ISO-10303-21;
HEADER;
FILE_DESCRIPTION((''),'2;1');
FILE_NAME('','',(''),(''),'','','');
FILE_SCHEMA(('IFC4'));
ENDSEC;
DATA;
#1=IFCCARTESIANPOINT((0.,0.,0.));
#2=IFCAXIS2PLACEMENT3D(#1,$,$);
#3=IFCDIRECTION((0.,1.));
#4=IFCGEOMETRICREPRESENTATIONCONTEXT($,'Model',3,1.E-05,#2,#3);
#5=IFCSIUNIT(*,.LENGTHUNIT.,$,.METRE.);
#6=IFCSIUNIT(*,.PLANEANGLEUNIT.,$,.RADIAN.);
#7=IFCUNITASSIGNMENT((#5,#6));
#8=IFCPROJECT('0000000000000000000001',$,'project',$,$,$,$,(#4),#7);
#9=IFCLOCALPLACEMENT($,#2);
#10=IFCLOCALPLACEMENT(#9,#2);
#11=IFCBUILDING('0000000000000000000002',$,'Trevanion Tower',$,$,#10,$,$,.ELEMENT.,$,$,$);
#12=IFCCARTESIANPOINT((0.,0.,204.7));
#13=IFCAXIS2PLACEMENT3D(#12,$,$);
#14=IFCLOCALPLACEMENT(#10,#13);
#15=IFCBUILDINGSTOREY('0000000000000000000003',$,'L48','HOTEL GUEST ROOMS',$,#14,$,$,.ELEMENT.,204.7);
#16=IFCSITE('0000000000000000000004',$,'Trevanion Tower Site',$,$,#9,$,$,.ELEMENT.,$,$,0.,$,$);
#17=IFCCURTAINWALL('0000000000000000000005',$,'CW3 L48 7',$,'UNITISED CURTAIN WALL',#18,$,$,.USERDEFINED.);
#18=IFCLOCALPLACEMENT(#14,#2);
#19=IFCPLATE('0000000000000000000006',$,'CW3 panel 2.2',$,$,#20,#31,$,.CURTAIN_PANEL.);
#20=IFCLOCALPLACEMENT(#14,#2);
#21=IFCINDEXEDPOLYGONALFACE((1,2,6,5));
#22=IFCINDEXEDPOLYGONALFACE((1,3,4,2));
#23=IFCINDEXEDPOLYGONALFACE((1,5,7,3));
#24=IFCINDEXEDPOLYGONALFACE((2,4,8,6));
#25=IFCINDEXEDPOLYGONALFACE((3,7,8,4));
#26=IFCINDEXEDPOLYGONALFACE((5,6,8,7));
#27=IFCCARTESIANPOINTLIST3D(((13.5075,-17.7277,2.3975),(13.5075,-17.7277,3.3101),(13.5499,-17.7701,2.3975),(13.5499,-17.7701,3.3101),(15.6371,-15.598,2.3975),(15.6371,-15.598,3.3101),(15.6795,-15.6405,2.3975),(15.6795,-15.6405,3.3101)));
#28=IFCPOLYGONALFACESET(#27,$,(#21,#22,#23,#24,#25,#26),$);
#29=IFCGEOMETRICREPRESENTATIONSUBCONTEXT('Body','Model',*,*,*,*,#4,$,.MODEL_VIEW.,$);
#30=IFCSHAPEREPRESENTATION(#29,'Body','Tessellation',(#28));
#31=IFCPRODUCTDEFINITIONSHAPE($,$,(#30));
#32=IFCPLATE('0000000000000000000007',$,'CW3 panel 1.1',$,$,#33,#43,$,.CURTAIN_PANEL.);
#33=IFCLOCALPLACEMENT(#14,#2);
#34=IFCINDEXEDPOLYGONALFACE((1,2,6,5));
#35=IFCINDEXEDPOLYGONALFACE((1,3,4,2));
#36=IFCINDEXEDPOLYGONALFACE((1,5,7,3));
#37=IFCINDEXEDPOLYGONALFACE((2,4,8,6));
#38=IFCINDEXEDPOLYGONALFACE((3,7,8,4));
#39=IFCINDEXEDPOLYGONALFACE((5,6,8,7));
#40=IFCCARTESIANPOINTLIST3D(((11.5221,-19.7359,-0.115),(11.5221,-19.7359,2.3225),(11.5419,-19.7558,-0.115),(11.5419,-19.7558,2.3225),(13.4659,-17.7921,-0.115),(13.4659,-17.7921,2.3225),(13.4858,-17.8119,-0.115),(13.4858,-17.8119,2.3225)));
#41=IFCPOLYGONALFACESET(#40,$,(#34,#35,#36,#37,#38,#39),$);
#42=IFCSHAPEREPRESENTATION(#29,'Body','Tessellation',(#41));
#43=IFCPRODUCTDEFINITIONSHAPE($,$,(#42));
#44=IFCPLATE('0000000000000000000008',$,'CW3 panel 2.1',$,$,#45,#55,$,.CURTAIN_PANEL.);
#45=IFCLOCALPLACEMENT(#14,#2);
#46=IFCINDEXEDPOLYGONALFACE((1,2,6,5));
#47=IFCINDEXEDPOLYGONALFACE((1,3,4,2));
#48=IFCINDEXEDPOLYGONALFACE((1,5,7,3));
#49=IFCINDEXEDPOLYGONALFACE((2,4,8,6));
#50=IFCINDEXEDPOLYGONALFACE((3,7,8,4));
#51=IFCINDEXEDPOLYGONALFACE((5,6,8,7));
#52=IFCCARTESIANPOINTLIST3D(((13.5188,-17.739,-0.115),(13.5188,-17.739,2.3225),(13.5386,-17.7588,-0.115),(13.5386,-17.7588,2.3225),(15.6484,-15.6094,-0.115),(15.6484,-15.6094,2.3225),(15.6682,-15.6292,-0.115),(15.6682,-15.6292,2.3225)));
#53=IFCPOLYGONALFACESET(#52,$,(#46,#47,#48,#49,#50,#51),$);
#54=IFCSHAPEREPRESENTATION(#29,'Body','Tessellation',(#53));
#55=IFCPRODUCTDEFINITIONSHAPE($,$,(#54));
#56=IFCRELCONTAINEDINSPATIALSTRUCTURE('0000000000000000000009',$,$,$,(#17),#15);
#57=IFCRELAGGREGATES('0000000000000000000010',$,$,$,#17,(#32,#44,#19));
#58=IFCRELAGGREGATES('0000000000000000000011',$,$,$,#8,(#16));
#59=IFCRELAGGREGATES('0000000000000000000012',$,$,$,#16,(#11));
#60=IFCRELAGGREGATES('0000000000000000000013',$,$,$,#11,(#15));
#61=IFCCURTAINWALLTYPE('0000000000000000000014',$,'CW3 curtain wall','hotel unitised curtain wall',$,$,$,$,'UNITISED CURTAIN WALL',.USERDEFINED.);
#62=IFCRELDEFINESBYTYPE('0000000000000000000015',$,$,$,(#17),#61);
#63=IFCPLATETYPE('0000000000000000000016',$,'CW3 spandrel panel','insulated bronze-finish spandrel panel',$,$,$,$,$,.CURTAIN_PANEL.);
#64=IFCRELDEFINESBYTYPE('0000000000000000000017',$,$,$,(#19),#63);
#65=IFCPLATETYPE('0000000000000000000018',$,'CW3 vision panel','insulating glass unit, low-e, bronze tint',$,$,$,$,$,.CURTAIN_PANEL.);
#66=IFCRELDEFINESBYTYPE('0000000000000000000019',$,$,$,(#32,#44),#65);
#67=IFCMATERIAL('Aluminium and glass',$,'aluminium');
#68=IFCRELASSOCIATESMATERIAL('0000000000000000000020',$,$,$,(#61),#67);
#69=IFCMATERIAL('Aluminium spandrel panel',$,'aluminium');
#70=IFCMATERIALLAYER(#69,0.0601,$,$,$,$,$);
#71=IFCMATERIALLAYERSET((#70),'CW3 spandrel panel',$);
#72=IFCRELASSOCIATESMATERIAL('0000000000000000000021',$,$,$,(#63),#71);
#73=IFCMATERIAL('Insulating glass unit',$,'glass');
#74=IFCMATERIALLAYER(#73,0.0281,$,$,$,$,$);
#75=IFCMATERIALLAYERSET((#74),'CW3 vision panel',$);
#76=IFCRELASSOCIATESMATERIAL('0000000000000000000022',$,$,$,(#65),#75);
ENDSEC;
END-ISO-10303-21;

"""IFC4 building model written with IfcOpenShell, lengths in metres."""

from ifc_helpers import new_model, si_unit, direction, frame, origin, origin_2d, place, context, subcontext, project, spatial, rectangle, extrude, material, layer, layer_set, type_object, element, aggregate, save


model = new_model("IFC4")

# Units and contexts
model_context = context("Model", 3, precision=1e-05, world=origin(), true_north=direction((0.0, 1.0)))
body_context = subcontext(model_context, "Body", "Model", "MODEL_VIEW")
ifc_project = project(units=[si_unit("LENGTHUNIT", "METRE"), si_unit("PLANEANGLEUNIT", "RADIAN")], contexts=[model_context])

# Site, building, storey
site_placement = place(None, origin())
site = spatial("IfcSite", under=ifc_project, at=site_placement, Name="Trevanion Tower Site", CompositionType="ELEMENT", RefElevation=0.0)
building_placement = place(site_placement, origin())
building = spatial("IfcBuilding", under=site, at=building_placement, Name="Trevanion Tower", CompositionType="ELEMENT")
storey_placement = place(building_placement, frame((0.0, 0.0, 204.7)))
storey = spatial("IfcBuildingStorey", under=building, at=storey_placement, Name="L48", Description="HOTEL GUEST ROOMS", CompositionType="ELEMENT", Elevation=204.7)

# Curtain wall
ifc_material_1 = material(Name="Aluminium and glass", Category="aluminium")
curtain_wall_type = type_object("IfcCurtainWallType", Name="CW3 curtain wall", Description="hotel unitised curtain wall", ElementType="UNITISED CURTAIN WALL", PredefinedType="USERDEFINED", material=ifc_material_1)
curtain_wall_1_placement = place(storey_placement, origin())
curtain_wall_1 = element("IfcCurtainWall", 1, at=curtain_wall_1_placement, inside=storey, type_object=curtain_wall_type, Name="CW3 L48 7", ObjectType="UNITISED CURTAIN WALL", PredefinedType="USERDEFINED")

# Plates
ifc_material_2 = material(Name="Aluminium spandrel panel", Category="aluminium")
ifc_layer_1 = layer(ifc_material_2, 0.0601)
ifc_layer_set_1 = layer_set([ifc_layer_1], Name="CW3 spandrel panel")
plate_type_1 = type_object("IfcPlateType", Name="CW3 spandrel panel", Description="insulated bronze-finish spandrel panel", PredefinedType="CURTAIN_PANEL", material=ifc_layer_set_1)
plate_1_placement = place(storey_placement, frame((14.5935, -16.6841, 2.3975), z_axis=(0.0, 0.0, 1.0), x_axis=(0.707107, 0.707107, 0.0)))
plate_1 = element("IfcPlate", 2, at=plate_1_placement, type_object=plate_type_1, Name="CW3 panel 2.2", PredefinedType="CURTAIN_PANEL", context=body_context, shape_type="SweptSolid", body=[
    extrude(rectangle(XDim=3.0117, YDim=0.0601, at=origin_2d()), origin(), (0.0, 0.0, 1.0), 0.9126),
])
ifc_material_3 = material(Name="Insulating glass unit", Category="glass")
ifc_layer_2 = layer(ifc_material_3, 0.0281)
ifc_layer_set_2 = layer_set([ifc_layer_2], Name="CW3 vision panel")
plate_type_2 = type_object("IfcPlateType", Name="CW3 vision panel", Description="insulating glass unit, low-e, bronze tint", PredefinedType="CURTAIN_PANEL", material=ifc_layer_set_2)
plate_2_placement = place(storey_placement, frame((12.5039, -18.7739, -0.115), z_axis=(0.0, 0.0, 1.0), x_axis=(0.707107, 0.707107, 0.0)))
plate_2 = element("IfcPlate", 3, at=plate_2_placement, type_object=plate_type_2, Name="CW3 panel 1.1", PredefinedType="CURTAIN_PANEL", context=body_context, shape_type="SweptSolid", body=[
    extrude(rectangle(XDim=2.749, YDim=0.0281, at=origin_2d()), origin(), (0.0, 0.0, 1.0), 2.4375),
])
plate_3_placement = place(storey_placement, frame((14.5935, -16.6841, -0.115), z_axis=(0.0, 0.0, 1.0), x_axis=(0.707107, 0.707107, 0.0)))
plate_3 = element("IfcPlate", 4, at=plate_3_placement, type_object=plate_type_2, Name="CW3 panel 2.1", PredefinedType="CURTAIN_PANEL", context=body_context, shape_type="SweptSolid", body=[
    extrude(rectangle(XDim=3.0117, YDim=0.0281, at=origin_2d()), origin(), (0.0, 0.0, 1.0), 2.4375),
])
aggregate(curtain_wall_1, [plate_2, plate_3, plate_1])

save(model, "model.ifc")
